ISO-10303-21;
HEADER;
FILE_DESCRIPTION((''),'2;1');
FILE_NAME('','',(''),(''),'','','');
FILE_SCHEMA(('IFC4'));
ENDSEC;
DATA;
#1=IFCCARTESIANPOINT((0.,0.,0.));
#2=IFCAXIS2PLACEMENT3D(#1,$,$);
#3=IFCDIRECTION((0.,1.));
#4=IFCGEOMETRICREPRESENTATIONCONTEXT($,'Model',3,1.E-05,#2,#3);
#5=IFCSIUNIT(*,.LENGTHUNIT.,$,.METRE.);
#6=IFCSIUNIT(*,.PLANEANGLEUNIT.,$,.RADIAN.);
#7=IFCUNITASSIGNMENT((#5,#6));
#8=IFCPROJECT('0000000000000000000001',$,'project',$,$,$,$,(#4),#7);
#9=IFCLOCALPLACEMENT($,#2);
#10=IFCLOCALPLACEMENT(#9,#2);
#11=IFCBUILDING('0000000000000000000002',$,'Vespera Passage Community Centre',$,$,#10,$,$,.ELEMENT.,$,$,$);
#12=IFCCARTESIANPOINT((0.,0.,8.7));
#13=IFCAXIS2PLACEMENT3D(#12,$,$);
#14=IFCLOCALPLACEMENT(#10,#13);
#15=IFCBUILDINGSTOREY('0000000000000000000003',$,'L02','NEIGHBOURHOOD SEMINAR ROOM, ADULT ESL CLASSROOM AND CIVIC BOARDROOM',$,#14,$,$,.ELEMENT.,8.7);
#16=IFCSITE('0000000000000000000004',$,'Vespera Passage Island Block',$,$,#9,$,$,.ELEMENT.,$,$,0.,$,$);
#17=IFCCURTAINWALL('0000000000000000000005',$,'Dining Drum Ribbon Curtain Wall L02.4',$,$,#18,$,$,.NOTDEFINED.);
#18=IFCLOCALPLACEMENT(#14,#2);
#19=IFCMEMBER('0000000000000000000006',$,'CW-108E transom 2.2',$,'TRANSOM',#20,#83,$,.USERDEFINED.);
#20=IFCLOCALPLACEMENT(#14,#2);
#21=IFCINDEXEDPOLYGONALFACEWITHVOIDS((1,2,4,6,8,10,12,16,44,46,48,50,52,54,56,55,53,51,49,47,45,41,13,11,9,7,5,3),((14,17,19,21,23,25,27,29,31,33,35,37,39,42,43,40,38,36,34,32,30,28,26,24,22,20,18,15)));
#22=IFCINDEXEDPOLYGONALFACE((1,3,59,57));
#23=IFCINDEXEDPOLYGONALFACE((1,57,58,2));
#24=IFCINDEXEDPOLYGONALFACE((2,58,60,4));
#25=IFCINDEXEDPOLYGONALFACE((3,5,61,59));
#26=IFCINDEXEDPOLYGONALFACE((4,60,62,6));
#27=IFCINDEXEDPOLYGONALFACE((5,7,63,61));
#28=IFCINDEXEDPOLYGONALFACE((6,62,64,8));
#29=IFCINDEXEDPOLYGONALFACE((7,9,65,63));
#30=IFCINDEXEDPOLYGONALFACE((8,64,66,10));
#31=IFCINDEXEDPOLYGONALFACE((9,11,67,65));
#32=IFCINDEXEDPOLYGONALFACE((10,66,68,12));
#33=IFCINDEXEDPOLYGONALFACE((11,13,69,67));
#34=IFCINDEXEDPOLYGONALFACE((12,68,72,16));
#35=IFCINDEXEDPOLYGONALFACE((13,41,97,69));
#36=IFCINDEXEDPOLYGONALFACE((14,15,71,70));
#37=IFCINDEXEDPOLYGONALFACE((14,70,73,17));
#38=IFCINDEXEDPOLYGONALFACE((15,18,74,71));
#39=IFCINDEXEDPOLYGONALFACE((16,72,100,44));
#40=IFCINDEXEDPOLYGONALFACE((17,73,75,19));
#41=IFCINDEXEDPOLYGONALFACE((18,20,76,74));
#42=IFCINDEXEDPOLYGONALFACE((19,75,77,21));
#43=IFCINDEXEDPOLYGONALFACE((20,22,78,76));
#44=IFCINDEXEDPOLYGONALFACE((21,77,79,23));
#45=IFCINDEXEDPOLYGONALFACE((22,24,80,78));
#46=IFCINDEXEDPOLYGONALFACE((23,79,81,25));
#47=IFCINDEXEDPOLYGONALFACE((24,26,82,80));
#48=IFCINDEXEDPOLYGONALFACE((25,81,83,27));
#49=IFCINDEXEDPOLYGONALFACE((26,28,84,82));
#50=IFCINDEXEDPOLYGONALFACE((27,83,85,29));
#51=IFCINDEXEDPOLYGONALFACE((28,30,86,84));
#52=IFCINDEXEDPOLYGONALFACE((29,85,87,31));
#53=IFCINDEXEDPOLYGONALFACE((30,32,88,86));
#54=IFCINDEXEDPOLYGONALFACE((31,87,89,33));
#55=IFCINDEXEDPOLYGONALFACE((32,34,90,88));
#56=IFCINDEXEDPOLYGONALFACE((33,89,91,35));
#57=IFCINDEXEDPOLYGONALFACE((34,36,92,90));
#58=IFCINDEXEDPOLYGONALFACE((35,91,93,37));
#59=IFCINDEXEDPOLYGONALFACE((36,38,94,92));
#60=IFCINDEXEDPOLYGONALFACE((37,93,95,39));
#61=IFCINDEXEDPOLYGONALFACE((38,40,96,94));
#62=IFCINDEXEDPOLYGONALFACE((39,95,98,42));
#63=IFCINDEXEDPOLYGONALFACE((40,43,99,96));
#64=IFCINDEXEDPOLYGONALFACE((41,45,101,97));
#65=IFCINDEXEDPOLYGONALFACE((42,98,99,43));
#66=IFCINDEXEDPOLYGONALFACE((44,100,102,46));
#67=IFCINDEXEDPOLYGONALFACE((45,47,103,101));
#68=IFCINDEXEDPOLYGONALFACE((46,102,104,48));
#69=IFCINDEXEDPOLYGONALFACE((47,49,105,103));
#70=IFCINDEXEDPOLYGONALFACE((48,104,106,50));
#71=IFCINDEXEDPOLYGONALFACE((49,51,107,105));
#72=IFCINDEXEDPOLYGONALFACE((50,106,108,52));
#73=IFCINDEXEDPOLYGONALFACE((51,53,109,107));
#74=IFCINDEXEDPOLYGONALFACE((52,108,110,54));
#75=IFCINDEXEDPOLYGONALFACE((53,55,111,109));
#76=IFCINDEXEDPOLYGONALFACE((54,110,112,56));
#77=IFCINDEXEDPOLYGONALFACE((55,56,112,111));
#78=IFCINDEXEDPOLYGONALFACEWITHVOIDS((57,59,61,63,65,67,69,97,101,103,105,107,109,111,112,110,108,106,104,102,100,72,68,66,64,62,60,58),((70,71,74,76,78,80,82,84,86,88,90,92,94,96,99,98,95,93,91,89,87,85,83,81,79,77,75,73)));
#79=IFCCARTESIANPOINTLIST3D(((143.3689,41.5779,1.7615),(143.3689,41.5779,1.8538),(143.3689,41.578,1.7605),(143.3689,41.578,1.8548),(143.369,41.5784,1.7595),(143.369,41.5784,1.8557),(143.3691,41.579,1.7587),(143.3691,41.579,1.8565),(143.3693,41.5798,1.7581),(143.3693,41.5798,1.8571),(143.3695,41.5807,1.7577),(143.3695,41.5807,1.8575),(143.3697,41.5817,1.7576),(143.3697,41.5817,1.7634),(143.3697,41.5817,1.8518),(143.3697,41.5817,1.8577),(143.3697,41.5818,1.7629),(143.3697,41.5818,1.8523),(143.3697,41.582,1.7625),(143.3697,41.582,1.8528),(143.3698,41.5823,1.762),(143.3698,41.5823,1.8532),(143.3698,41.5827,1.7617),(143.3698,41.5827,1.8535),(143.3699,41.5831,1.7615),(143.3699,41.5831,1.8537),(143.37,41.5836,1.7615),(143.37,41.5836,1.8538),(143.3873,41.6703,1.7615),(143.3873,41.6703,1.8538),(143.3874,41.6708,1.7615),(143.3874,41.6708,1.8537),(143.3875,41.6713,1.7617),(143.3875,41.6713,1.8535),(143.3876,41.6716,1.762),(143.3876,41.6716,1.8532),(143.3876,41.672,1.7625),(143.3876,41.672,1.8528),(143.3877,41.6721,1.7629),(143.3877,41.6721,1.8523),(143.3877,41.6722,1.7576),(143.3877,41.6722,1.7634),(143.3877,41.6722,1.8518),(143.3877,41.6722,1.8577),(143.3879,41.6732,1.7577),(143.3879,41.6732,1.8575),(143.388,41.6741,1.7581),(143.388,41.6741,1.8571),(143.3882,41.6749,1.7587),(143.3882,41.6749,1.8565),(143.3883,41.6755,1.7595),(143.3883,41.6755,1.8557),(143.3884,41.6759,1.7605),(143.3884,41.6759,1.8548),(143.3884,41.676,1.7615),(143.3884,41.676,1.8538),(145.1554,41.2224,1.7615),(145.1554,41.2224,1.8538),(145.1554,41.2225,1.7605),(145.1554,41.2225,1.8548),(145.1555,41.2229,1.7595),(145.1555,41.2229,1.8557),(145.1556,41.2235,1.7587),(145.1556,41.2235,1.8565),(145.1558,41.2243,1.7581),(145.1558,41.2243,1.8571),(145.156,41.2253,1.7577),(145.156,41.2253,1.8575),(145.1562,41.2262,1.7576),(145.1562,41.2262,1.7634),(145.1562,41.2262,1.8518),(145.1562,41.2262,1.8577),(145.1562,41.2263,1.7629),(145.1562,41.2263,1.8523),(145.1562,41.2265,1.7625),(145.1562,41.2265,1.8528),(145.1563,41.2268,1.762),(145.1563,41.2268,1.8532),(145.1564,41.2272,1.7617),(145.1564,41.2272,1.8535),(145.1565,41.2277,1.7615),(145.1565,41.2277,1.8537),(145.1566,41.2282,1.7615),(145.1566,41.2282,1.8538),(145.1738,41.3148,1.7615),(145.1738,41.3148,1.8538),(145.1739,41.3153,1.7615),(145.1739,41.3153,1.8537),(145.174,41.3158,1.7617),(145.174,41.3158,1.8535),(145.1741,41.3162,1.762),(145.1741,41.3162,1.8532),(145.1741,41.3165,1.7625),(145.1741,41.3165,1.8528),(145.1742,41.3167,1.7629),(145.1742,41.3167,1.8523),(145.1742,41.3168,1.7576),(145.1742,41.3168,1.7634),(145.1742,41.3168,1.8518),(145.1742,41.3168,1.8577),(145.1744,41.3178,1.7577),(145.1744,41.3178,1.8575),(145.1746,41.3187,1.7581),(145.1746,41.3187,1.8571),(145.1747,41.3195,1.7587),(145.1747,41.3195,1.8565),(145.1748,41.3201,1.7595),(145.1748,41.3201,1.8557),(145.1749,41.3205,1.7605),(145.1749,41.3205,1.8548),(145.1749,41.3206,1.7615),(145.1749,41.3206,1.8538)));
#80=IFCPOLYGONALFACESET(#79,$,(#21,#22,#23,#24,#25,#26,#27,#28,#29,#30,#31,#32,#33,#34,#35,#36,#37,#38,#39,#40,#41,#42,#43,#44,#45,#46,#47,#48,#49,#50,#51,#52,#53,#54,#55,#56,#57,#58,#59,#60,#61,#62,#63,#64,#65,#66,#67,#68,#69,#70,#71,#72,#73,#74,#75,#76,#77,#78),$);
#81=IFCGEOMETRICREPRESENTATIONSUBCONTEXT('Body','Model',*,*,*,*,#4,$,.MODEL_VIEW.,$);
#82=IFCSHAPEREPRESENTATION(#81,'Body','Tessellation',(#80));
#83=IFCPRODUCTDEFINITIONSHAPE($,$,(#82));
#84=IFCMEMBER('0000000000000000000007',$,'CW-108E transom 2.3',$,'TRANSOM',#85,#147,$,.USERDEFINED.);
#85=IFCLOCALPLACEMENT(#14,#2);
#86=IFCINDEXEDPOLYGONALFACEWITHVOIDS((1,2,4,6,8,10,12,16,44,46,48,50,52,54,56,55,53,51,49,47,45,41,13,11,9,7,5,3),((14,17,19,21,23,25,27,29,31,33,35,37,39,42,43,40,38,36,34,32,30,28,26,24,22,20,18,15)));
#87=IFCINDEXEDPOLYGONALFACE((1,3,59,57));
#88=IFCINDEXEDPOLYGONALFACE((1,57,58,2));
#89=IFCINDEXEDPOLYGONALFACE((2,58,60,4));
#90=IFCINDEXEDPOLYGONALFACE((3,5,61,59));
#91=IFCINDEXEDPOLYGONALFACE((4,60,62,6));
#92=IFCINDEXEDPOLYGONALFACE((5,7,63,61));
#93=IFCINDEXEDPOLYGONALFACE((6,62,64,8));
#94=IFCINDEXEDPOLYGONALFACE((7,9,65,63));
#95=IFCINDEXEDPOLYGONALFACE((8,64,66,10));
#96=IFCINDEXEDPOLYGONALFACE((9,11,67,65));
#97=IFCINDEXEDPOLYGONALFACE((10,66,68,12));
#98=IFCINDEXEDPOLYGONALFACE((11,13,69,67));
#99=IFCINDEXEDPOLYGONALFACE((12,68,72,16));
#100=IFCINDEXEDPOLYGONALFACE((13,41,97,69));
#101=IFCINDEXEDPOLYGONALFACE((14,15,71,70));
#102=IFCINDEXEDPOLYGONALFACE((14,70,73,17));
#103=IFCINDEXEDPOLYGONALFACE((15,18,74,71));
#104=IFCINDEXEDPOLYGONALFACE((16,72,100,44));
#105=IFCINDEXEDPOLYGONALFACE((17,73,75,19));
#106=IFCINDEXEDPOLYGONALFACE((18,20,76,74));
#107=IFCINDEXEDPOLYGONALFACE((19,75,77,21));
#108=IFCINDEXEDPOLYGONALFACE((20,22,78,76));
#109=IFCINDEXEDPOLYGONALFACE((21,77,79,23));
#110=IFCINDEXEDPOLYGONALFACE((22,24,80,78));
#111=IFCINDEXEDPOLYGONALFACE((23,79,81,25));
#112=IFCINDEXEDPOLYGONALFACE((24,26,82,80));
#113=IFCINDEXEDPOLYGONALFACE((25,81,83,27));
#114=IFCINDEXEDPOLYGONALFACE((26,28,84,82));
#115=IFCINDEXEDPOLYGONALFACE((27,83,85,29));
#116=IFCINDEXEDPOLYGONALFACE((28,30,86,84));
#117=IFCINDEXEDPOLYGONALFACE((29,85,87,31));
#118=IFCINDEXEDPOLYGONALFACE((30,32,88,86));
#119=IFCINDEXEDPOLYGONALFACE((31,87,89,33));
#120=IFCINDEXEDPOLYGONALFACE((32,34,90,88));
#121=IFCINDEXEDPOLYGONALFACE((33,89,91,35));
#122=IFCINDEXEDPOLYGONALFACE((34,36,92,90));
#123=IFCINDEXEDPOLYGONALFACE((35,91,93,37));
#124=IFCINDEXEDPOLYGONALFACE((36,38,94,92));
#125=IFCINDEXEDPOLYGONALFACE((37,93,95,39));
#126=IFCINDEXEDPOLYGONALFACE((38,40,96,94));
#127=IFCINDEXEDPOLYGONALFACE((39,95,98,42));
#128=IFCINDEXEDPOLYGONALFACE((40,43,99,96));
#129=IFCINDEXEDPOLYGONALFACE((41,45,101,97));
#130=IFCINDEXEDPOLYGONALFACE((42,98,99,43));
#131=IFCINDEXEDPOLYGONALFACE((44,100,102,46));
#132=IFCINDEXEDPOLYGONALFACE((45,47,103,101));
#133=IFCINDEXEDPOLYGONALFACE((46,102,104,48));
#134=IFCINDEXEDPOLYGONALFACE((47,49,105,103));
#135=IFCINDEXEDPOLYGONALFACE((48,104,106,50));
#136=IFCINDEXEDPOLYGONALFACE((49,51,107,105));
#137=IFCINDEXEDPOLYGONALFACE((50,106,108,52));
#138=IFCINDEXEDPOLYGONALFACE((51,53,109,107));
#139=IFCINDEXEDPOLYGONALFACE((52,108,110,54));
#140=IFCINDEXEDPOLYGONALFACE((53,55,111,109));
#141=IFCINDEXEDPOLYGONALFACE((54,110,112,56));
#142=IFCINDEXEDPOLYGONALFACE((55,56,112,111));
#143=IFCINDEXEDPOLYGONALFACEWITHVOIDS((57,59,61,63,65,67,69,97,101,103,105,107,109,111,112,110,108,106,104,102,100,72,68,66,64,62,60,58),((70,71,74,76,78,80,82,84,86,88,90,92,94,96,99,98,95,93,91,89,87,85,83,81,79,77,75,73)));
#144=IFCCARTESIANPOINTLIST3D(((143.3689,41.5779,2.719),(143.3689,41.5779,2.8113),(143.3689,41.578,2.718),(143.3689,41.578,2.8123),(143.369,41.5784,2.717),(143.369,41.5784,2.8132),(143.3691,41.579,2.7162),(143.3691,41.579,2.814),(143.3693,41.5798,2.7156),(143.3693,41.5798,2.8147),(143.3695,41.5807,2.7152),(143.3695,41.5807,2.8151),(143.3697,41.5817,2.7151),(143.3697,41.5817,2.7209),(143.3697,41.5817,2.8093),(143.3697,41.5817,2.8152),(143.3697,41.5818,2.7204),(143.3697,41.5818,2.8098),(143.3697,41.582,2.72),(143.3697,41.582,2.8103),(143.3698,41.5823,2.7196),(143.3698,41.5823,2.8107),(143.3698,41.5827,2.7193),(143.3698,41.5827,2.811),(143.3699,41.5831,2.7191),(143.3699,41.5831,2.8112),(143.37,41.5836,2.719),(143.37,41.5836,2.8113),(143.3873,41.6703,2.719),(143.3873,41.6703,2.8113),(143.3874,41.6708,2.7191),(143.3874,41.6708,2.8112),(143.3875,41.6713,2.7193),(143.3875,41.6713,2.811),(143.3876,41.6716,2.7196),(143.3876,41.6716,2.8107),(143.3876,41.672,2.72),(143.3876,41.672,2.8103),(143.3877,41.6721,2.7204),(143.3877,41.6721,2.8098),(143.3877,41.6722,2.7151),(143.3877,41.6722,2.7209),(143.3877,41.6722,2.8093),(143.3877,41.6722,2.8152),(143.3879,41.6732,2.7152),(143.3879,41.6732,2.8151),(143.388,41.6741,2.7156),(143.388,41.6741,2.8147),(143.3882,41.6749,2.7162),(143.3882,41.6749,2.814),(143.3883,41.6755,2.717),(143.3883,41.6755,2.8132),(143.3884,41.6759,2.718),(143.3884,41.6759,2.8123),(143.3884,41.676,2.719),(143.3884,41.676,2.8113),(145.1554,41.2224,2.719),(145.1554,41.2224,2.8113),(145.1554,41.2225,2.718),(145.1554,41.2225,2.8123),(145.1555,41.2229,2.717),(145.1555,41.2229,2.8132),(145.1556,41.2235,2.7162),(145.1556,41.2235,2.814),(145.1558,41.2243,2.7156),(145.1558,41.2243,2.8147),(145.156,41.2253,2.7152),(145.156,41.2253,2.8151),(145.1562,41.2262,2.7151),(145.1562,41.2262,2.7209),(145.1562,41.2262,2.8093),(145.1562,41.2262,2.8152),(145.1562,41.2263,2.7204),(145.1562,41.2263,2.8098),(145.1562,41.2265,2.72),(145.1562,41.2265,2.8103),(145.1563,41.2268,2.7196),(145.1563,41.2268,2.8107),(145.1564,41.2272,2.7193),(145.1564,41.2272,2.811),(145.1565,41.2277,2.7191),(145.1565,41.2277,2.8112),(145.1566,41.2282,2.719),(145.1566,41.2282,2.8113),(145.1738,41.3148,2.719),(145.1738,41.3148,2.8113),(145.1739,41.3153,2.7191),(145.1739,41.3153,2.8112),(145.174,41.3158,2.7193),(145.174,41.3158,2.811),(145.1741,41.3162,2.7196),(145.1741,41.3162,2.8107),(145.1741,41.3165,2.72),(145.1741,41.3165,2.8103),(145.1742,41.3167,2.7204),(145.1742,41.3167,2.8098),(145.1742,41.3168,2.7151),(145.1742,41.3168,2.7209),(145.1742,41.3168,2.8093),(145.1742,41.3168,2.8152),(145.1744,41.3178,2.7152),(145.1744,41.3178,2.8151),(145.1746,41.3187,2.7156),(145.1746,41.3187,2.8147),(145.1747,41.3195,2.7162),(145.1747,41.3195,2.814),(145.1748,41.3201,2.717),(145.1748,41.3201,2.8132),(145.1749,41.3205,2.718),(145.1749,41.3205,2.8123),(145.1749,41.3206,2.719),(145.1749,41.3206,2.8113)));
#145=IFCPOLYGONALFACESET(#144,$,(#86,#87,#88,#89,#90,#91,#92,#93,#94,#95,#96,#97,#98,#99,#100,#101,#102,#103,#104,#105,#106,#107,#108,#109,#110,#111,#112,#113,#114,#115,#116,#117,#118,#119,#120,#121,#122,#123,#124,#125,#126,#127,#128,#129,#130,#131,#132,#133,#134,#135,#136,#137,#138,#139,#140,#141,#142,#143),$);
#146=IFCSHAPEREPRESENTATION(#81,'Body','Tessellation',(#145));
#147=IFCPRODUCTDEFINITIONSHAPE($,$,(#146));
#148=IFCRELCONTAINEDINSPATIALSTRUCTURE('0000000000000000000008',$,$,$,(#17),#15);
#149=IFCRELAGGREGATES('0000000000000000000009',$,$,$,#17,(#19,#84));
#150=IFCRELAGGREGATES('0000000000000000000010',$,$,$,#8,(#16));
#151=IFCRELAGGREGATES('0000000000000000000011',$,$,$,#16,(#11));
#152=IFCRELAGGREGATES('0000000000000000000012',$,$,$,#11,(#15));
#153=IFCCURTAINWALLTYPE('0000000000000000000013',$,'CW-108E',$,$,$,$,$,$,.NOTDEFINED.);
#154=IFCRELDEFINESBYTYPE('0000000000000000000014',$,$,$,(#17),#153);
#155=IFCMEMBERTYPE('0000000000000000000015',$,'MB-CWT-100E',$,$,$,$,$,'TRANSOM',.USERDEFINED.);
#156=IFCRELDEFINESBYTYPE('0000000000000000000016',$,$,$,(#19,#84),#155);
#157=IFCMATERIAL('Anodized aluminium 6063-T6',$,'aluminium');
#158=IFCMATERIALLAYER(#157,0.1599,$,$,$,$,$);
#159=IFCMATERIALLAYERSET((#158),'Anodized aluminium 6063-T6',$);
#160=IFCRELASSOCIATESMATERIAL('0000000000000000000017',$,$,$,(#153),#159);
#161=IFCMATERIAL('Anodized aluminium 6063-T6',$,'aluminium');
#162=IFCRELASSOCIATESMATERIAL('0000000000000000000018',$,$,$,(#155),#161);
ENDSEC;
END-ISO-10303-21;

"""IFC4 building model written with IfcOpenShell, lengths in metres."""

from ifc_helpers import new_model, si_unit, direction, frame, origin, origin_2d, place, context, subcontext, project, spatial, hollow_rectangle, extrude, material, layer, layer_set, material_profile, profile_set, type_object, element, aggregate, save


model = new_model("IFC4")

# Units and contexts
model_context = context("Model", 3, precision=1e-05, world=origin(), true_north=direction((0.0, 1.0)))
body_context = subcontext(model_context, "Body", "Model", "MODEL_VIEW")
ifc_project = project(units=[si_unit("LENGTHUNIT", "METRE"), si_unit("PLANEANGLEUNIT", "RADIAN")], contexts=[model_context])

# Site, building, storey
site_placement = place(None, origin())
site = spatial("IfcSite", under=ifc_project, at=site_placement, Name="Vespera Passage Island Block", CompositionType="ELEMENT", RefElevation=0.0)
building_placement = place(site_placement, origin())
building = spatial("IfcBuilding", under=site, at=building_placement, Name="Vespera Passage Community Centre", CompositionType="ELEMENT")
storey_placement = place(building_placement, frame((0.0, 0.0, 8.7)))
storey = spatial("IfcBuildingStorey", under=building, at=storey_placement, Name="L02", Description="NEIGHBOURHOOD SEMINAR ROOM, ADULT ESL CLASSROOM AND CIVIC BOARDROOM", CompositionType="ELEMENT", Elevation=8.7)

# Curtain wall
ifc_material_1 = material(Name="Anodized aluminium 6063-T6", Category="aluminium")
ifc_layer_1 = layer(ifc_material_1, 0.1599)
ifc_layer_set_1 = layer_set([ifc_layer_1], Name="Anodized aluminium 6063-T6")
curtain_wall_type_1 = type_object("IfcCurtainWallType", Name="CW-108E", PredefinedType="NOTDEFINED", material=ifc_layer_set_1)
curtain_wall_1_placement = place(storey_placement, origin())
curtain_wall_1 = element("IfcCurtainWall", 1, at=curtain_wall_1_placement, inside=storey, type_object=curtain_wall_type_1, Name="Dining Drum Ribbon Curtain Wall L02.4", PredefinedType="NOTDEFINED")

# Members
ifc_material_2 = material(Name="Anodized aluminium 6063-T6", Category="aluminium")
ifc_material_profile_1 = material_profile(ifc_material_2, hollow_rectangle(XDim=0.1001, YDim=0.1001, WallThickness=0.0039, InnerFilletRadius=0.002, OuterFilletRadius=0.0039, at=origin_2d()), Name="ALU100X100X4")
ifc_profile_set_1 = profile_set([ifc_material_profile_1], Name="Anodized aluminium 6063-T6")
member_type_1 = type_object("IfcMemberType", Name="MB-CWT-100E", ElementType="TRANSOM", PredefinedType="USERDEFINED", material=ifc_profile_set_1)
member_1_placement = place(storey_placement, frame((143.3787, 41.627, 1.8076), z_axis=(0.980776, -0.195137, 0.0), x_axis=(0.195137, 0.980776, 0.0)))
member_1 = element("IfcMember", 2, at=member_1_placement, type_object=member_type_1, Name="CW-108E transom 2.2", ObjectType="TRANSOM", PredefinedType="USERDEFINED", context=body_context, shape_type="SweptSolid", body=[
    extrude(hollow_rectangle(XDim=0.1001, YDim=0.1001, WallThickness=0.0039, InnerFilletRadius=0.002, OuterFilletRadius=0.0039, at=origin_2d()), origin(), (0.0, 0.0, 1.0), 1.8215),
])
member_2_placement = place(storey_placement, frame((143.3787, 41.627, 2.7651), z_axis=(0.980776, -0.195137, 0.0), x_axis=(0.195137, 0.980776, 0.0)))
member_2 = element("IfcMember", 3, at=member_2_placement, type_object=member_type_1, Name="CW-108E transom 2.3", ObjectType="TRANSOM", PredefinedType="USERDEFINED", context=body_context, shape_type="SweptSolid", body=[
    extrude(hollow_rectangle(XDim=0.1001, YDim=0.1001, WallThickness=0.0039, InnerFilletRadius=0.002, OuterFilletRadius=0.0039, at=origin_2d()), origin(), (0.0, 0.0, 1.0), 1.8215),
])

aggregate(curtain_wall_1, [member_1, member_2])

save(model, "model.ifc")
